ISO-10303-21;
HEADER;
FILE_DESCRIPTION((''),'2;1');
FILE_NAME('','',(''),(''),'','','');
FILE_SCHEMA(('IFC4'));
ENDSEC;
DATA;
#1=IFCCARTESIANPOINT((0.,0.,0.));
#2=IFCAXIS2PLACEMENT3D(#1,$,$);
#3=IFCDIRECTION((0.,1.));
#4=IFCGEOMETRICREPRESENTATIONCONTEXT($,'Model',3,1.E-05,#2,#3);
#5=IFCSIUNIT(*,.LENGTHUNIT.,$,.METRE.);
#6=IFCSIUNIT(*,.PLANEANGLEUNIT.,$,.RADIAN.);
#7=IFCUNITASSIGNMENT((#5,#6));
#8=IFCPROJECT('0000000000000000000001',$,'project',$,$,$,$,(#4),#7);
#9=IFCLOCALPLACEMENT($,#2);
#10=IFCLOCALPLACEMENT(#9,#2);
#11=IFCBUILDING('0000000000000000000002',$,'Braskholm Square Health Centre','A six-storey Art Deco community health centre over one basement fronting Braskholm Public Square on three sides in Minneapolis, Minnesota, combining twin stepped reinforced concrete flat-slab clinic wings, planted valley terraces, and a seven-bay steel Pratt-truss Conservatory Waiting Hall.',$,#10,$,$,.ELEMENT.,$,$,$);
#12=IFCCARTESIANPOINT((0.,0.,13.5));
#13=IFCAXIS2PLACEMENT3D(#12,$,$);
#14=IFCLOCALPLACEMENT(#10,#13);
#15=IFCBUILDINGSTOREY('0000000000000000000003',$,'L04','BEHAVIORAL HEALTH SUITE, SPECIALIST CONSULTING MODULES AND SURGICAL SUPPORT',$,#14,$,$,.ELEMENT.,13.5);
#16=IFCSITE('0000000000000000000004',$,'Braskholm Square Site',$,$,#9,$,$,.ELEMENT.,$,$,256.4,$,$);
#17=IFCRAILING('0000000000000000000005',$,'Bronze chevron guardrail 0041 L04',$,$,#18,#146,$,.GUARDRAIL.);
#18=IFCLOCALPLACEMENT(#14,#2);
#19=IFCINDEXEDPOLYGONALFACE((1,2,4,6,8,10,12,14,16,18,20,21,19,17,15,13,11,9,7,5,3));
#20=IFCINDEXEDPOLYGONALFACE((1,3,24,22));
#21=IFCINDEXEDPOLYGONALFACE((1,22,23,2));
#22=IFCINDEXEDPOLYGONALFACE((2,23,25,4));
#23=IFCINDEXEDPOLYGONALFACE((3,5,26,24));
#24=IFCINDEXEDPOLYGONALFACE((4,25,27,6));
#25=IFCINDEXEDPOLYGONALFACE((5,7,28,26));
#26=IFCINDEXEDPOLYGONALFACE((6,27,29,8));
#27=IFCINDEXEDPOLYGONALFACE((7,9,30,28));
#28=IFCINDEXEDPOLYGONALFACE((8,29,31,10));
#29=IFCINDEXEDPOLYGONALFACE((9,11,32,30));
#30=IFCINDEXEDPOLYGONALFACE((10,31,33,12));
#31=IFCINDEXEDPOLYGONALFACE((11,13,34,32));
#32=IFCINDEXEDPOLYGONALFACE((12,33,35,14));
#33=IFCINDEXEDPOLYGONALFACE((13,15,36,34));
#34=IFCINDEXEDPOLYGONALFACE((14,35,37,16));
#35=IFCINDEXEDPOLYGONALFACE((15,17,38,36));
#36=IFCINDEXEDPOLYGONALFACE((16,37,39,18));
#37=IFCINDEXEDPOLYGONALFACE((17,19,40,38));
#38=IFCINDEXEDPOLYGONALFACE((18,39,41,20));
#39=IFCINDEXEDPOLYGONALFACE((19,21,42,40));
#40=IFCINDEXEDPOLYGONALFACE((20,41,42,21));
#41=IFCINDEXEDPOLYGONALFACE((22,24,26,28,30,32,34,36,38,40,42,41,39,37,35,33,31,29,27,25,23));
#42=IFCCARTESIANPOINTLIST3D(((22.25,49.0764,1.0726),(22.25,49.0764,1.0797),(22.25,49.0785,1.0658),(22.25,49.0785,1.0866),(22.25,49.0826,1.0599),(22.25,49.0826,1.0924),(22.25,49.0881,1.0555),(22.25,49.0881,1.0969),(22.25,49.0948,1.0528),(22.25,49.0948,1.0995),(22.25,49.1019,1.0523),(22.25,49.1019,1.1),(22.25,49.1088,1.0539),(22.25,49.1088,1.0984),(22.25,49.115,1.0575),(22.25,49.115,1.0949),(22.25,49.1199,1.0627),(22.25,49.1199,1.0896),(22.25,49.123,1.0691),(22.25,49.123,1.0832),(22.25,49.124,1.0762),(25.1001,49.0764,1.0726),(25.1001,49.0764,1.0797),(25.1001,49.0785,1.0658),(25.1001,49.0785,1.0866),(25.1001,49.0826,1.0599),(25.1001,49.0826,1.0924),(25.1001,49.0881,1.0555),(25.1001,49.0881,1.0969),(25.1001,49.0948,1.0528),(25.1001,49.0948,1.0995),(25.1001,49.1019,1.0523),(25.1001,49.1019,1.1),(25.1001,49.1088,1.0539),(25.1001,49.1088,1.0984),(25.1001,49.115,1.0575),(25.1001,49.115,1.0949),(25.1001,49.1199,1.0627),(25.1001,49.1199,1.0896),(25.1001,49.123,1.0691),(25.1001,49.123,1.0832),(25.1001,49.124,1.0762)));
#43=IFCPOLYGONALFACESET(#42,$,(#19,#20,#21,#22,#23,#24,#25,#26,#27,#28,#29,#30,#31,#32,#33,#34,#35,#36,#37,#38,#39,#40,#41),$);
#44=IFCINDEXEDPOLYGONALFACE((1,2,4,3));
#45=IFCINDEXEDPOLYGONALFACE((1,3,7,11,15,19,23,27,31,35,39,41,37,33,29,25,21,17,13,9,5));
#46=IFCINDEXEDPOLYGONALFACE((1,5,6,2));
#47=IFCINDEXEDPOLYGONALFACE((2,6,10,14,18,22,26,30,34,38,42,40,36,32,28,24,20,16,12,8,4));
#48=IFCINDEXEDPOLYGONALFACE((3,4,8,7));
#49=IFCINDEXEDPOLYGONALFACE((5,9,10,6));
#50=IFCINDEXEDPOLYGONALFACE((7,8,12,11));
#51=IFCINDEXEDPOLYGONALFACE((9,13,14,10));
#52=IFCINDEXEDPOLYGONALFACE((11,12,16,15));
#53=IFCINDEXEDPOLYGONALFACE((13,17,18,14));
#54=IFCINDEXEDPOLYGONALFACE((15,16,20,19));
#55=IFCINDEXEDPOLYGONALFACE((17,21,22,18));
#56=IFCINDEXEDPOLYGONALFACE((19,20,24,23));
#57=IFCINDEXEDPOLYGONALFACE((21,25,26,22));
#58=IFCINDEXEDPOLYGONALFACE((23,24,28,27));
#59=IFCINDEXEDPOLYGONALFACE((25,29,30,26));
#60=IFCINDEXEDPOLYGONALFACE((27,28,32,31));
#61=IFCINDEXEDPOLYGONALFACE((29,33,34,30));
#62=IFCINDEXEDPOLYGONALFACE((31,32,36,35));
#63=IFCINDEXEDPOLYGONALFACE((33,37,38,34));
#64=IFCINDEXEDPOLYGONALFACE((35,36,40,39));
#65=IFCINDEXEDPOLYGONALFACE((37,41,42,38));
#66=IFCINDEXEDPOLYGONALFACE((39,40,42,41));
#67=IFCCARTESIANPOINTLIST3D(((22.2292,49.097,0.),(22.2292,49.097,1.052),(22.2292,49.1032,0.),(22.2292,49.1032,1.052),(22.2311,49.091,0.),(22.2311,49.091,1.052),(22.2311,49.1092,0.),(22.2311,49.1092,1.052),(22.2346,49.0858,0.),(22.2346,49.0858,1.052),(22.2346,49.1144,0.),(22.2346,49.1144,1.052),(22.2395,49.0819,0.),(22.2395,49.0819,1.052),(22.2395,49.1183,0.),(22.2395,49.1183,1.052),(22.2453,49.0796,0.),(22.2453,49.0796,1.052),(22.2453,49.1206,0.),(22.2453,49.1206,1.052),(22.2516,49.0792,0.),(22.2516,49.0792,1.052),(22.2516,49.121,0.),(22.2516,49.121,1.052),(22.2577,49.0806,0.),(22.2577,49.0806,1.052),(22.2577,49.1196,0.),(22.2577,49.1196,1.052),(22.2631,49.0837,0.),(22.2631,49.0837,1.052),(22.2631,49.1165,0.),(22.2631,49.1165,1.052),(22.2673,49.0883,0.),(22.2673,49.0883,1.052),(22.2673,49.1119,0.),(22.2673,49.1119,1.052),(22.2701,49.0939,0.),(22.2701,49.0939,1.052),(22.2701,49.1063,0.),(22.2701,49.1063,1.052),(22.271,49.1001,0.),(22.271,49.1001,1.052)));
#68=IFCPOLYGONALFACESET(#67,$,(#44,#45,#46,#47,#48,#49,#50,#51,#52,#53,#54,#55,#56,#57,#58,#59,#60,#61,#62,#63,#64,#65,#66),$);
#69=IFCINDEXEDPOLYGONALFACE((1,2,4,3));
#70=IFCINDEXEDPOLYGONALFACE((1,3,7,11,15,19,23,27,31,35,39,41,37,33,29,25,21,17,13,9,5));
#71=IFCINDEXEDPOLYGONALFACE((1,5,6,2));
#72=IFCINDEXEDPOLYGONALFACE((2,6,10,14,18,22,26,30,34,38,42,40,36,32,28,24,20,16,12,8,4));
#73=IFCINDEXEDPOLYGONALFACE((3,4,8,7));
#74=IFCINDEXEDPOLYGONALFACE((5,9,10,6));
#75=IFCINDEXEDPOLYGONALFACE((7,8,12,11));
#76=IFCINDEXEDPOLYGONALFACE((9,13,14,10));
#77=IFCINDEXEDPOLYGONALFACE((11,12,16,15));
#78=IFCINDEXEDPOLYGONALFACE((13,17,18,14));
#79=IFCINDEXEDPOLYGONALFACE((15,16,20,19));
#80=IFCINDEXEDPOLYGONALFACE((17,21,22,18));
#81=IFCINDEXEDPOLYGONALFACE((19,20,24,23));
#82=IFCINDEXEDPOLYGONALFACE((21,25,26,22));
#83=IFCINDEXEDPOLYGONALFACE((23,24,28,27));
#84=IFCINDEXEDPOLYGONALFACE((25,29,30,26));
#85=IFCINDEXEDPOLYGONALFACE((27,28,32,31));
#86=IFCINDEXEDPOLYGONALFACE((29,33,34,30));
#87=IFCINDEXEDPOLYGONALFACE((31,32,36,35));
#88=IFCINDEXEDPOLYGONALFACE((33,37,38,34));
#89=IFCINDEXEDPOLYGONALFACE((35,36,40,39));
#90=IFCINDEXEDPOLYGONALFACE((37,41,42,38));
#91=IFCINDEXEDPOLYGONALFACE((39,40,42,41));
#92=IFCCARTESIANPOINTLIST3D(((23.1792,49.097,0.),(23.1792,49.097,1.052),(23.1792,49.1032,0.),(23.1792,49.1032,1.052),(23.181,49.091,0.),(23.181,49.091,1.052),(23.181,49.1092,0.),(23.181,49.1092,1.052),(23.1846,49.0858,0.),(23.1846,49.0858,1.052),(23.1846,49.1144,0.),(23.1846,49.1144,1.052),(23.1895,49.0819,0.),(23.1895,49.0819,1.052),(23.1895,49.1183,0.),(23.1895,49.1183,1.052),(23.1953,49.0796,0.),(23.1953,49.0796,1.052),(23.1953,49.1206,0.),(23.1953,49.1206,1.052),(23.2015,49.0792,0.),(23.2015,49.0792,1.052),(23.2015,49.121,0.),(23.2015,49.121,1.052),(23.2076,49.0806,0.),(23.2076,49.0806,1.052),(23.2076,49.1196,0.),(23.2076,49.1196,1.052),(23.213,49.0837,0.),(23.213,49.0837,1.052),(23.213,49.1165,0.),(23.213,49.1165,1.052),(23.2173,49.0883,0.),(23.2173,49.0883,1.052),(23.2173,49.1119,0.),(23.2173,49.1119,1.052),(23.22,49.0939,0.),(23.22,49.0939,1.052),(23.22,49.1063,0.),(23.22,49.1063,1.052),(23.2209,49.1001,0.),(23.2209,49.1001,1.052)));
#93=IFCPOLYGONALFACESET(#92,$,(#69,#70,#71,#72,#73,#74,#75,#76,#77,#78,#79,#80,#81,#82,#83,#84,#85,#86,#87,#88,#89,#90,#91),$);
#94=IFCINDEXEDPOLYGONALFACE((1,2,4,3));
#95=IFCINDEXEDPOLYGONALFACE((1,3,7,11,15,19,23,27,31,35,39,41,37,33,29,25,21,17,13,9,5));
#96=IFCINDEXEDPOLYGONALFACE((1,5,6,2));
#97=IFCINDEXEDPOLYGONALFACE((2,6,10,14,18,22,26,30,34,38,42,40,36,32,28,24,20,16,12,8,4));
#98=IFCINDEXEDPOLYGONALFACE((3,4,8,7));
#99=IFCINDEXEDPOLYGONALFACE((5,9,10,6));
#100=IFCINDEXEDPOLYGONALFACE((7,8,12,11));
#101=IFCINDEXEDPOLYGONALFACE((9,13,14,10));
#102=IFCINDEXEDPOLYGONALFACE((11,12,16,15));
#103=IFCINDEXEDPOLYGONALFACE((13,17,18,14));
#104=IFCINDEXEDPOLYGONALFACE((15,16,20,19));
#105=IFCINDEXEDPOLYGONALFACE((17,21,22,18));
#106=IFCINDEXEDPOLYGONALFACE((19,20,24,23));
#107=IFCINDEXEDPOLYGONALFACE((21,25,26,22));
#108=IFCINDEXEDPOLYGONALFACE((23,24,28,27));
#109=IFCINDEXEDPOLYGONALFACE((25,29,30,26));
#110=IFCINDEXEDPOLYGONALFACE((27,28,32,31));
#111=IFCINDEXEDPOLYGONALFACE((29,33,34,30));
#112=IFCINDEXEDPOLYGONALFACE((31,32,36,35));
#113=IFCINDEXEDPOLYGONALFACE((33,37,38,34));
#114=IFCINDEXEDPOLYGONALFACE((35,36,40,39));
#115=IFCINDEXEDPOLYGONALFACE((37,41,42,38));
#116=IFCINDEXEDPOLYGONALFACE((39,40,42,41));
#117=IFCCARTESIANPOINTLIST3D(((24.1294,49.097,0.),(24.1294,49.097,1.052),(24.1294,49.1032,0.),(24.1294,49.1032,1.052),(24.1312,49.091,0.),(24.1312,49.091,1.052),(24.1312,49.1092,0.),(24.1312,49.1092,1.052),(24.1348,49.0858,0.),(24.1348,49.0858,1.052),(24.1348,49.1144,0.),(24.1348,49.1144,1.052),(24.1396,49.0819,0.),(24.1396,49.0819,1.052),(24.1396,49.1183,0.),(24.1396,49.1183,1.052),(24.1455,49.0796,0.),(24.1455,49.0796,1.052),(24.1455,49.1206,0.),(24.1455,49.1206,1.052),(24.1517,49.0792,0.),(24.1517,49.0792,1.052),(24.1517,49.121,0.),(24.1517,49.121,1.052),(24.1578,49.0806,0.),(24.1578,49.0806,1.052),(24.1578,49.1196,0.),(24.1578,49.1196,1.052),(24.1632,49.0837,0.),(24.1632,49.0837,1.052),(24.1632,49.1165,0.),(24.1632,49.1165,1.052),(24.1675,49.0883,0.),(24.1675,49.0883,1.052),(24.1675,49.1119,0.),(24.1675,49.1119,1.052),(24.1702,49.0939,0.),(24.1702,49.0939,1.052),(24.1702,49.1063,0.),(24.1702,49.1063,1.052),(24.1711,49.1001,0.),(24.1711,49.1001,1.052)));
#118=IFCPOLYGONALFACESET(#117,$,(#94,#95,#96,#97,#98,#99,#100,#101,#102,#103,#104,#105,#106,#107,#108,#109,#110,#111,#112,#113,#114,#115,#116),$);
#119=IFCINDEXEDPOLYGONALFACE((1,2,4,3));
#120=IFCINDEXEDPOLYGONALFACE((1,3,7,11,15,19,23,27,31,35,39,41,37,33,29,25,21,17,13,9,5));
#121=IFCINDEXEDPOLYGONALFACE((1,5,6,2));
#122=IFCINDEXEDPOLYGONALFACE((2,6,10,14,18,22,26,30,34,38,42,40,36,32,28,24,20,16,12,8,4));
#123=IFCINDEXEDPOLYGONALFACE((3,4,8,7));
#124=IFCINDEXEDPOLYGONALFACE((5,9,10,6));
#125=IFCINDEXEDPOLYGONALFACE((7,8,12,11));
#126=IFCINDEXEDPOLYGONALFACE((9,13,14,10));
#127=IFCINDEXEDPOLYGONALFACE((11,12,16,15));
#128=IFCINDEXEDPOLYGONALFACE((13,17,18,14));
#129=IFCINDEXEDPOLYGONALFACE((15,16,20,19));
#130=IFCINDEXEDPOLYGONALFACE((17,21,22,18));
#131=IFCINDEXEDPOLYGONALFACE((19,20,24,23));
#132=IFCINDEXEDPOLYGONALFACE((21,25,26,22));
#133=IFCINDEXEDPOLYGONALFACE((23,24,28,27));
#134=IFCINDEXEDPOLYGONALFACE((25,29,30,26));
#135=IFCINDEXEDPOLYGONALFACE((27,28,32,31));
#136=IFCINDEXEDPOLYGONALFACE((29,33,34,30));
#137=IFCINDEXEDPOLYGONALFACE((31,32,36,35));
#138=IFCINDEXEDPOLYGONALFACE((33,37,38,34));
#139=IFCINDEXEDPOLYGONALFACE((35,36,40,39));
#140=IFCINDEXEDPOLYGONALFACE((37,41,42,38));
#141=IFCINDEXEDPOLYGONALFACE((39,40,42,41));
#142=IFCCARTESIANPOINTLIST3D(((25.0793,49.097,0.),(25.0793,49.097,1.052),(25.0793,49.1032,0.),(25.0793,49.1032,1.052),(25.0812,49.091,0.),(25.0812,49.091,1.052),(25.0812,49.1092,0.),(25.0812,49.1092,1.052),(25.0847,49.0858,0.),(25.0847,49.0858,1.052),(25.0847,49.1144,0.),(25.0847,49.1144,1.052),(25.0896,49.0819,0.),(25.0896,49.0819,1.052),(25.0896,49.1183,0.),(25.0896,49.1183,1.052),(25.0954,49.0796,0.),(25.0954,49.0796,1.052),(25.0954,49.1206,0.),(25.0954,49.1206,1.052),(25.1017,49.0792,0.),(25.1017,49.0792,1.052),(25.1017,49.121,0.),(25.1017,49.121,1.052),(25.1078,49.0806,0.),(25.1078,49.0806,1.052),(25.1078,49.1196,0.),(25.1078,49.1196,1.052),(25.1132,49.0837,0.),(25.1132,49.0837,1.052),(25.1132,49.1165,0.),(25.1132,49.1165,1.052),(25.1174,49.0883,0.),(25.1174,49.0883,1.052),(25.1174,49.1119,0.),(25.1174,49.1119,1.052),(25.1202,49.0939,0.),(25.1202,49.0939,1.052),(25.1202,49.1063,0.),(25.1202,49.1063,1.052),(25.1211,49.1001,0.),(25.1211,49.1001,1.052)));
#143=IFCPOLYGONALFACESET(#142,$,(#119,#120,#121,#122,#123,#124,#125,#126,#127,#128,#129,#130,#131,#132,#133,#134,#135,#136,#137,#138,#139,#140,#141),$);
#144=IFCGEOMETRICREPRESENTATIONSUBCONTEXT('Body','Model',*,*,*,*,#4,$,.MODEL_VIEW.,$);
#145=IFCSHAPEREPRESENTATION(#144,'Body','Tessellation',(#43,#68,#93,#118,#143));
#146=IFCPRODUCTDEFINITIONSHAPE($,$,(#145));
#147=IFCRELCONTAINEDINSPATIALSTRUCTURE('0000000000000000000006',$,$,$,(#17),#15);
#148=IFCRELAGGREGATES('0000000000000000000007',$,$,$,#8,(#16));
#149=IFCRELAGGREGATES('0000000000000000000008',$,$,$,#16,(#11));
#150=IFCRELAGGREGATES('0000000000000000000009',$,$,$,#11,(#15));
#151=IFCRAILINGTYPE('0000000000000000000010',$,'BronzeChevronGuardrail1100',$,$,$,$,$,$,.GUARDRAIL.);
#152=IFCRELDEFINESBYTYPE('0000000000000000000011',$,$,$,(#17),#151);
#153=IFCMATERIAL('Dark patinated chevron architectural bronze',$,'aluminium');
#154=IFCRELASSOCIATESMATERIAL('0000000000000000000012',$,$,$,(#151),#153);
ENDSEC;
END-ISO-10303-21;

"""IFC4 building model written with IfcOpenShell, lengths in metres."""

from ifc_helpers import new_model, si_unit, direction, frame, origin, origin_2d, place, context, subcontext, project, spatial, circle, extrude, material, type_object, element, save


model = new_model("IFC4")

# Units and contexts
model_context = context("Model", 3, precision=1e-05, world=origin(), true_north=direction((0.0, 1.0)))
body_context = subcontext(model_context, "Body", "Model", "MODEL_VIEW")
ifc_project = project(units=[si_unit("LENGTHUNIT", "METRE"), si_unit("PLANEANGLEUNIT", "RADIAN")], contexts=[model_context])

# Site, building, storey
site_placement = place(None, origin())
site = spatial("IfcSite", under=ifc_project, at=site_placement, Name="Braskholm Square Site", CompositionType="ELEMENT", RefElevation=256.4)
building_placement = place(site_placement, origin())
building = spatial("IfcBuilding", under=site, at=building_placement, Name="Braskholm Square Health Centre", Description="A six-storey Art Deco community health centre over one basement fronting Braskholm Public Square on three sides in Minneapolis, Minnesota, combining twin stepped reinforced concrete flat-slab clinic wings, planted valley terraces, and a seven-bay steel Pratt-truss Conservatory Waiting Hall.", CompositionType="ELEMENT")
storey_placement = place(building_placement, frame((0.0, 0.0, 13.5)))
storey = spatial("IfcBuildingStorey", under=building, at=storey_placement, Name="L04", Description="BEHAVIORAL HEALTH SUITE, SPECIALIST CONSULTING MODULES AND SURGICAL SUPPORT", CompositionType="ELEMENT", Elevation=13.5)

# Railing
ifc_material_1 = material(Name="Dark patinated chevron architectural bronze", Category="aluminium")
railing_type = type_object("IfcRailingType", Name="BronzeChevronGuardrail1100", PredefinedType="GUARDRAIL", material=ifc_material_1)
railing_1_placement = place(storey_placement, frame((22.25, 49.1001, 0.0)))
element("IfcRailing", 1, at=railing_1_placement, inside=storey, type_object=railing_type, Name="Bronze chevron guardrail 0041 L04", PredefinedType="GUARDRAIL", context=body_context, shape_type="SweptSolid", body=[
    extrude(circle(Radius=0.0239, at=origin_2d()), frame((0.0, 0.0, 1.0762), z_axis=(1.0, 0.0, 0.0), x_axis=(0.0, 1.0, 0.0)), (0.0, 0.0, 1.0), 2.8501),
    extrude(circle(Radius=0.021, at=origin_2d()), origin(), (0.0, 0.0, 1.0), 1.052),
    extrude(circle(Radius=0.021, at=origin_2d()), frame((0.95, 0.0, 0.0)), (0.0, 0.0, 1.0), 1.052),
    extrude(circle(Radius=0.021, at=origin_2d()), frame((1.9001, 0.0, 0.0)), (0.0, 0.0, 1.0), 1.052),
    extrude(circle(Radius=0.021, at=origin_2d()), frame((2.8501, 0.0, 0.0)), (0.0, 0.0, 1.0), 1.052),
])

save(model, "model.ifc")
